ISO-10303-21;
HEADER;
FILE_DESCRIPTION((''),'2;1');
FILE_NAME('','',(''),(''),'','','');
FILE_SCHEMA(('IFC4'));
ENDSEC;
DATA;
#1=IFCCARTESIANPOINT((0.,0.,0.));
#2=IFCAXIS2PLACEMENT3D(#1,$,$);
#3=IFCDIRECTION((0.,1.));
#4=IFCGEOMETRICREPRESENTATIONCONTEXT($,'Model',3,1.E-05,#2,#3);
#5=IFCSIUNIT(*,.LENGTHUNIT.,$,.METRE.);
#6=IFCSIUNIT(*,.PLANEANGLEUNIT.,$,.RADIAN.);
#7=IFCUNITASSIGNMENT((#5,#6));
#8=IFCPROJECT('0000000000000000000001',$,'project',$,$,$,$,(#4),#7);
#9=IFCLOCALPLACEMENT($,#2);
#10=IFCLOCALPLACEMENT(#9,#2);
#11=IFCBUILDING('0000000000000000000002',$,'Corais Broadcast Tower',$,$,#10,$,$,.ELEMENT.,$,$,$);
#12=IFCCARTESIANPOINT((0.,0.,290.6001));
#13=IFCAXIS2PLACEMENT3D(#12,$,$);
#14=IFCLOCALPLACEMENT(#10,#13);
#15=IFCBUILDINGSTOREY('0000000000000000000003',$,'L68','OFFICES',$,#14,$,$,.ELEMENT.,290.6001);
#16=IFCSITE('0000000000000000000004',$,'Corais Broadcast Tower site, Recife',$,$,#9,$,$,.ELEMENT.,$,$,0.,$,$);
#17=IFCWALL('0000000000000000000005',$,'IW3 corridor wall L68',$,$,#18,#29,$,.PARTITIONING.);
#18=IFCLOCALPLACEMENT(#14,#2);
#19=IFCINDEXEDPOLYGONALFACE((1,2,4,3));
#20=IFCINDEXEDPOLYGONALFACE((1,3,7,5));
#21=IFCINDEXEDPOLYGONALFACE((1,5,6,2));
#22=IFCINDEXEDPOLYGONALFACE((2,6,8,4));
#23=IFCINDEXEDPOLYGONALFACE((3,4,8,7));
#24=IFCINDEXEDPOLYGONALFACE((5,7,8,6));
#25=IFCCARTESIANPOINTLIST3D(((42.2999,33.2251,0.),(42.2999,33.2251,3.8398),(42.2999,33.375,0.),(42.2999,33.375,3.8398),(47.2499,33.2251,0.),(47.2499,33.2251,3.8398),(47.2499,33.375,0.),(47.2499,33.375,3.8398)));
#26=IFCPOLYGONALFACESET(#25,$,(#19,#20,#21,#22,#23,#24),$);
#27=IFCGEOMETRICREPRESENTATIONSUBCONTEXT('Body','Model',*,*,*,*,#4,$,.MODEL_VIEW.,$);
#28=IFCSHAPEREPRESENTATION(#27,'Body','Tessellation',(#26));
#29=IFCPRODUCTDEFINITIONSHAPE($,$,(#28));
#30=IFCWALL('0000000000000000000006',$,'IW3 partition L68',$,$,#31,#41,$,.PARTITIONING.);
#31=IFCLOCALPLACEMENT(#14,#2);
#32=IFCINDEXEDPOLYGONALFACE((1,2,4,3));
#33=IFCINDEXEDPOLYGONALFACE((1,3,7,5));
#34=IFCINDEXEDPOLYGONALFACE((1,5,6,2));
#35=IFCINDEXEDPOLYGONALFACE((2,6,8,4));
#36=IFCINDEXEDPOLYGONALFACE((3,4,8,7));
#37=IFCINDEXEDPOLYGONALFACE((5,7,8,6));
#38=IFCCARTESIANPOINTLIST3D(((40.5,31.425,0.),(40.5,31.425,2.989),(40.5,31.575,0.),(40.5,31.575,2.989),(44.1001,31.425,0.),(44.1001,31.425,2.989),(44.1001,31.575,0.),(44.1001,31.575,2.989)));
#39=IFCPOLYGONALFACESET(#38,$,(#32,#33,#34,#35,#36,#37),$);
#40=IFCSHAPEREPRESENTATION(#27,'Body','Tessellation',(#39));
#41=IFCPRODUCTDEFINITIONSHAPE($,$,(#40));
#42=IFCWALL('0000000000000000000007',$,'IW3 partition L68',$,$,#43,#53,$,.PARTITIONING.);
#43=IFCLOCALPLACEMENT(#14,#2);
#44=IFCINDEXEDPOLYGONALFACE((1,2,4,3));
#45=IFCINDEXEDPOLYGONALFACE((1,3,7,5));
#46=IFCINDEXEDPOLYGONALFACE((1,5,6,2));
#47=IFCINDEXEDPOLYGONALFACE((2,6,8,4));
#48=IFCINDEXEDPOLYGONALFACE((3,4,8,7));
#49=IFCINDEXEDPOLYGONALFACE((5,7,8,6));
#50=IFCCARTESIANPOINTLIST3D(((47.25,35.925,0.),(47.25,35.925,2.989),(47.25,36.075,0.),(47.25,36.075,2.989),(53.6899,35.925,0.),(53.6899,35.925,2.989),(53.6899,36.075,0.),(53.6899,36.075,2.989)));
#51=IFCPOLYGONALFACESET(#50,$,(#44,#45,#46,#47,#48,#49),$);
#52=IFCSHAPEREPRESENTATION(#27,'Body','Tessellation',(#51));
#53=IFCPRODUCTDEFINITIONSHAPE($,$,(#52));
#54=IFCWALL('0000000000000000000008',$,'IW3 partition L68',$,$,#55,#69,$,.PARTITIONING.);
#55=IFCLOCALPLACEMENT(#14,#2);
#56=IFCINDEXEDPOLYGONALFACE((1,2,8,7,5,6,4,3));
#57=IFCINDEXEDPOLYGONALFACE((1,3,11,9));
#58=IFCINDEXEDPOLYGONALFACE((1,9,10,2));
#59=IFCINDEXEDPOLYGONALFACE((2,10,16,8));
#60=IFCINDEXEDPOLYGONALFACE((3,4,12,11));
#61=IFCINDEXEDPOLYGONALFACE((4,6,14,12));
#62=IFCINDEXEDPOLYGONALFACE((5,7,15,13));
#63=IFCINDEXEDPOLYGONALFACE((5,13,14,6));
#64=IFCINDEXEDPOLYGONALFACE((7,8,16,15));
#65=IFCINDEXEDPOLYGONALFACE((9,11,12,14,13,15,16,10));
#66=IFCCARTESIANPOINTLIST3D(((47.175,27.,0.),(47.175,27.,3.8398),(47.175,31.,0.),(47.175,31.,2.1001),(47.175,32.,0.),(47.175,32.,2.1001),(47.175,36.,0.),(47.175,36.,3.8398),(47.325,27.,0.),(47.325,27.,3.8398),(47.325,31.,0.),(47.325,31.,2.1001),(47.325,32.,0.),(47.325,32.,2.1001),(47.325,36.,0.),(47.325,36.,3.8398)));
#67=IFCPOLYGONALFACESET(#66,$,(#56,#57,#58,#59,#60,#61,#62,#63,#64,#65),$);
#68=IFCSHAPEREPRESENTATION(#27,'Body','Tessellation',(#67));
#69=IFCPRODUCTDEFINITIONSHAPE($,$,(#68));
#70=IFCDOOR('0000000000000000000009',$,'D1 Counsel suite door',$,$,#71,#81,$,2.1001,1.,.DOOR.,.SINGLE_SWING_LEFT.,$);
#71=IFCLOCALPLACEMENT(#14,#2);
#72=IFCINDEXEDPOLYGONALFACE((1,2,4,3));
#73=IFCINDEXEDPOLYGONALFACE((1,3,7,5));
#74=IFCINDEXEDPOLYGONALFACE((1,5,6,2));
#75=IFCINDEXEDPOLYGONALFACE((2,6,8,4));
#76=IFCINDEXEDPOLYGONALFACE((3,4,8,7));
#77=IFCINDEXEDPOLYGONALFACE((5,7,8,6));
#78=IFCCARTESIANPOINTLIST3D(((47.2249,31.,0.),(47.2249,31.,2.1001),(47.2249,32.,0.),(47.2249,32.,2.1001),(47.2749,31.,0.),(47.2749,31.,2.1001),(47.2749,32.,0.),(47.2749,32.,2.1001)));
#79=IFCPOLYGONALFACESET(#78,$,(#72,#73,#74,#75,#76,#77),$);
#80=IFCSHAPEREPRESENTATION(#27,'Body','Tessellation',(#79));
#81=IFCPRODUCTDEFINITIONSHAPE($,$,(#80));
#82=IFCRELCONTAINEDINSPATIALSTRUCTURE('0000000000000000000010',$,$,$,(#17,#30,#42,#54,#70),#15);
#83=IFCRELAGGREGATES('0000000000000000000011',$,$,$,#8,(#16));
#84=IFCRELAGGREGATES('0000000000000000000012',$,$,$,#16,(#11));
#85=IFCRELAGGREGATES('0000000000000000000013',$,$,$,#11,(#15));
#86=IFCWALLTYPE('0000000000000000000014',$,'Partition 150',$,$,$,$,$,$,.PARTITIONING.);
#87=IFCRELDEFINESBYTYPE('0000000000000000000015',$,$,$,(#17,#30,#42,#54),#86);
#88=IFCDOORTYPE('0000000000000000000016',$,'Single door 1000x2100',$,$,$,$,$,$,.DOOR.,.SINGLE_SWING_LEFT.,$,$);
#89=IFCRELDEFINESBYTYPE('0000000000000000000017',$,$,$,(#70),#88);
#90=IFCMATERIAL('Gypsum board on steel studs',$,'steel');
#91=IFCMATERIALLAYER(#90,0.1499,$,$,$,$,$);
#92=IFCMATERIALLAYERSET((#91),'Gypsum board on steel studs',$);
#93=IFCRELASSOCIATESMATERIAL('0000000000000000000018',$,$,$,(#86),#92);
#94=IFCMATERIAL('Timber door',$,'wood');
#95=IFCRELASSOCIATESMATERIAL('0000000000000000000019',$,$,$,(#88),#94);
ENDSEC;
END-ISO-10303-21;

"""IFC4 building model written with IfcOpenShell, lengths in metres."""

from ifc_helpers import new_model, si_unit, direction, frame, frame_2d, origin, place, context, subcontext, project, spatial, rectangle, extrude, material, layer, layer_set, type_object, element, fill, save


model = new_model("IFC4")

# Units and contexts
model_context = context("Model", 3, precision=1e-05, world=origin(), true_north=direction((0.0, 1.0)))
body_context = subcontext(model_context, "Body", "Model", "MODEL_VIEW")
ifc_project = project(units=[si_unit("LENGTHUNIT", "METRE"), si_unit("PLANEANGLEUNIT", "RADIAN")], contexts=[model_context])

# Site, building, storey
site_placement = place(None, origin())
site = spatial("IfcSite", under=ifc_project, at=site_placement, Name="Corais Broadcast Tower site, Recife", CompositionType="ELEMENT", RefElevation=0.0)
building_placement = place(site_placement, origin())
building = spatial("IfcBuilding", under=site, at=building_placement, Name="Corais Broadcast Tower", CompositionType="ELEMENT")
storey_placement = place(building_placement, frame((0.0, 0.0, 290.6001)))
storey = spatial("IfcBuildingStorey", under=building, at=storey_placement, Name="L68", Description="OFFICES", CompositionType="ELEMENT", Elevation=290.6001)

# Shared definitions
ifc_material_1 = material(Name="Gypsum board on steel studs", Category="steel")
ifc_layer_1 = layer(ifc_material_1, 0.1499)
ifc_layer_set_1 = layer_set([ifc_layer_1], Name="Gypsum board on steel studs")
wall_type = type_object("IfcWallType", Name="Partition 150", PredefinedType="PARTITIONING", material=ifc_layer_set_1)
ifc_material_2 = material(Name="Timber door", Category="wood")
door_type = type_object("IfcDoorType", Name="Single door 1000x2100", OperationType="SINGLE_SWING_LEFT", PredefinedType="DOOR", material=ifc_material_2)

# Walls
wall_1_placement = place(storey_placement, frame((47.25, 33.3, 0.0), z_axis=(0.0, 0.0, 1.0), x_axis=(-1.0, 0.0, 0.0)))
element("IfcWall", 1, at=wall_1_placement, inside=storey, type_object=wall_type, Name="IW3 corridor wall L68", PredefinedType="PARTITIONING", context=body_context, shape_type="SweptSolid", body=[
    extrude(rectangle(XDim=4.95, YDim=0.1499, at=frame_2d((2.4751, 0.0))), origin(), (0.0, 0.0, 1.0), 3.8398),
])
wall_2_placement = place(storey_placement, frame((44.1001, 31.5, 0.0), z_axis=(0.0, 0.0, 1.0), x_axis=(-1.0, 0.0, 0.0)))
element("IfcWall", 2, at=wall_2_placement, inside=storey, type_object=wall_type, Name="IW3 partition L68", PredefinedType="PARTITIONING", context=body_context, shape_type="SweptSolid", body=[
    extrude(rectangle(XDim=3.6001, YDim=0.1499, at=frame_2d((1.8, 0.0))), origin(), (0.0, 0.0, 1.0), 2.989),
])
wall_3_placement = place(storey_placement, frame((53.6899, 36.0, 0.0), z_axis=(0.0, 0.0, 1.0), x_axis=(-1.0, 0.0, 0.0)))
element("IfcWall", 3, at=wall_3_placement, inside=storey, type_object=wall_type, Name="IW3 partition L68", PredefinedType="PARTITIONING", context=body_context, shape_type="SweptSolid", body=[
    extrude(rectangle(XDim=6.4399, YDim=0.1499, at=frame_2d((3.22, 0.0))), origin(), (0.0, 0.0, 1.0), 2.989),
])

# Wall, opening, door
wall_4_placement = place(storey_placement, frame((47.25, 36.0, 0.0), z_axis=(0.0, 0.0, 1.0), x_axis=(0.0, -1.0, 0.0)))
wall_4 = element("IfcWall", 4, at=wall_4_placement, inside=storey, type_object=wall_type, Name="IW3 partition L68", PredefinedType="PARTITIONING", context=body_context, shape_type="SweptSolid", body=[
    extrude(rectangle(XDim=9.0, YDim=0.1499, at=frame_2d((4.5, 0.0))), origin(), (0.0, 0.0, 1.0), 3.8398),
])
opening_1_placement = place(wall_4_placement, frame((4.0, 0.0, 0.0)))
opening_1 = element("IfcOpeningElement", 5, at=opening_1_placement, cuts=wall_4, PredefinedType="OPENING", context=body_context, shape_type="SweptSolid", body=[
    extrude(rectangle(XDim=1.0, YDim=2.1001, at=frame_2d((0.5, 1.05))), frame((0.0, 0.085, 0.0), z_axis=(0.0, -1.0, 0.0), x_axis=(1.0, 0.0, 0.0)), (0.0, 0.0, 1.0), 0.1699),
])
door_1_placement = place(opening_1_placement, origin())
door_1 = element("IfcDoor", 6, at=door_1_placement, inside=storey, type_object=door_type, Name="D1 Counsel suite door", OperationType="SINGLE_SWING_LEFT", OverallHeight=2.1001, OverallWidth=1.0, PredefinedType="DOOR", context=body_context, shape_type="SweptSolid", body=[
    extrude(rectangle(XDim=1.0, YDim=2.1001, at=frame_2d((0.5, 1.05))), frame((0.0, 0.0249, 0.0), z_axis=(0.0, -1.0, 0.0), x_axis=(1.0, 0.0, 0.0)), (0.0, 0.0, 1.0), 0.05),
])
fill(opening_1, door_1)

save(model, "model.ifc")
